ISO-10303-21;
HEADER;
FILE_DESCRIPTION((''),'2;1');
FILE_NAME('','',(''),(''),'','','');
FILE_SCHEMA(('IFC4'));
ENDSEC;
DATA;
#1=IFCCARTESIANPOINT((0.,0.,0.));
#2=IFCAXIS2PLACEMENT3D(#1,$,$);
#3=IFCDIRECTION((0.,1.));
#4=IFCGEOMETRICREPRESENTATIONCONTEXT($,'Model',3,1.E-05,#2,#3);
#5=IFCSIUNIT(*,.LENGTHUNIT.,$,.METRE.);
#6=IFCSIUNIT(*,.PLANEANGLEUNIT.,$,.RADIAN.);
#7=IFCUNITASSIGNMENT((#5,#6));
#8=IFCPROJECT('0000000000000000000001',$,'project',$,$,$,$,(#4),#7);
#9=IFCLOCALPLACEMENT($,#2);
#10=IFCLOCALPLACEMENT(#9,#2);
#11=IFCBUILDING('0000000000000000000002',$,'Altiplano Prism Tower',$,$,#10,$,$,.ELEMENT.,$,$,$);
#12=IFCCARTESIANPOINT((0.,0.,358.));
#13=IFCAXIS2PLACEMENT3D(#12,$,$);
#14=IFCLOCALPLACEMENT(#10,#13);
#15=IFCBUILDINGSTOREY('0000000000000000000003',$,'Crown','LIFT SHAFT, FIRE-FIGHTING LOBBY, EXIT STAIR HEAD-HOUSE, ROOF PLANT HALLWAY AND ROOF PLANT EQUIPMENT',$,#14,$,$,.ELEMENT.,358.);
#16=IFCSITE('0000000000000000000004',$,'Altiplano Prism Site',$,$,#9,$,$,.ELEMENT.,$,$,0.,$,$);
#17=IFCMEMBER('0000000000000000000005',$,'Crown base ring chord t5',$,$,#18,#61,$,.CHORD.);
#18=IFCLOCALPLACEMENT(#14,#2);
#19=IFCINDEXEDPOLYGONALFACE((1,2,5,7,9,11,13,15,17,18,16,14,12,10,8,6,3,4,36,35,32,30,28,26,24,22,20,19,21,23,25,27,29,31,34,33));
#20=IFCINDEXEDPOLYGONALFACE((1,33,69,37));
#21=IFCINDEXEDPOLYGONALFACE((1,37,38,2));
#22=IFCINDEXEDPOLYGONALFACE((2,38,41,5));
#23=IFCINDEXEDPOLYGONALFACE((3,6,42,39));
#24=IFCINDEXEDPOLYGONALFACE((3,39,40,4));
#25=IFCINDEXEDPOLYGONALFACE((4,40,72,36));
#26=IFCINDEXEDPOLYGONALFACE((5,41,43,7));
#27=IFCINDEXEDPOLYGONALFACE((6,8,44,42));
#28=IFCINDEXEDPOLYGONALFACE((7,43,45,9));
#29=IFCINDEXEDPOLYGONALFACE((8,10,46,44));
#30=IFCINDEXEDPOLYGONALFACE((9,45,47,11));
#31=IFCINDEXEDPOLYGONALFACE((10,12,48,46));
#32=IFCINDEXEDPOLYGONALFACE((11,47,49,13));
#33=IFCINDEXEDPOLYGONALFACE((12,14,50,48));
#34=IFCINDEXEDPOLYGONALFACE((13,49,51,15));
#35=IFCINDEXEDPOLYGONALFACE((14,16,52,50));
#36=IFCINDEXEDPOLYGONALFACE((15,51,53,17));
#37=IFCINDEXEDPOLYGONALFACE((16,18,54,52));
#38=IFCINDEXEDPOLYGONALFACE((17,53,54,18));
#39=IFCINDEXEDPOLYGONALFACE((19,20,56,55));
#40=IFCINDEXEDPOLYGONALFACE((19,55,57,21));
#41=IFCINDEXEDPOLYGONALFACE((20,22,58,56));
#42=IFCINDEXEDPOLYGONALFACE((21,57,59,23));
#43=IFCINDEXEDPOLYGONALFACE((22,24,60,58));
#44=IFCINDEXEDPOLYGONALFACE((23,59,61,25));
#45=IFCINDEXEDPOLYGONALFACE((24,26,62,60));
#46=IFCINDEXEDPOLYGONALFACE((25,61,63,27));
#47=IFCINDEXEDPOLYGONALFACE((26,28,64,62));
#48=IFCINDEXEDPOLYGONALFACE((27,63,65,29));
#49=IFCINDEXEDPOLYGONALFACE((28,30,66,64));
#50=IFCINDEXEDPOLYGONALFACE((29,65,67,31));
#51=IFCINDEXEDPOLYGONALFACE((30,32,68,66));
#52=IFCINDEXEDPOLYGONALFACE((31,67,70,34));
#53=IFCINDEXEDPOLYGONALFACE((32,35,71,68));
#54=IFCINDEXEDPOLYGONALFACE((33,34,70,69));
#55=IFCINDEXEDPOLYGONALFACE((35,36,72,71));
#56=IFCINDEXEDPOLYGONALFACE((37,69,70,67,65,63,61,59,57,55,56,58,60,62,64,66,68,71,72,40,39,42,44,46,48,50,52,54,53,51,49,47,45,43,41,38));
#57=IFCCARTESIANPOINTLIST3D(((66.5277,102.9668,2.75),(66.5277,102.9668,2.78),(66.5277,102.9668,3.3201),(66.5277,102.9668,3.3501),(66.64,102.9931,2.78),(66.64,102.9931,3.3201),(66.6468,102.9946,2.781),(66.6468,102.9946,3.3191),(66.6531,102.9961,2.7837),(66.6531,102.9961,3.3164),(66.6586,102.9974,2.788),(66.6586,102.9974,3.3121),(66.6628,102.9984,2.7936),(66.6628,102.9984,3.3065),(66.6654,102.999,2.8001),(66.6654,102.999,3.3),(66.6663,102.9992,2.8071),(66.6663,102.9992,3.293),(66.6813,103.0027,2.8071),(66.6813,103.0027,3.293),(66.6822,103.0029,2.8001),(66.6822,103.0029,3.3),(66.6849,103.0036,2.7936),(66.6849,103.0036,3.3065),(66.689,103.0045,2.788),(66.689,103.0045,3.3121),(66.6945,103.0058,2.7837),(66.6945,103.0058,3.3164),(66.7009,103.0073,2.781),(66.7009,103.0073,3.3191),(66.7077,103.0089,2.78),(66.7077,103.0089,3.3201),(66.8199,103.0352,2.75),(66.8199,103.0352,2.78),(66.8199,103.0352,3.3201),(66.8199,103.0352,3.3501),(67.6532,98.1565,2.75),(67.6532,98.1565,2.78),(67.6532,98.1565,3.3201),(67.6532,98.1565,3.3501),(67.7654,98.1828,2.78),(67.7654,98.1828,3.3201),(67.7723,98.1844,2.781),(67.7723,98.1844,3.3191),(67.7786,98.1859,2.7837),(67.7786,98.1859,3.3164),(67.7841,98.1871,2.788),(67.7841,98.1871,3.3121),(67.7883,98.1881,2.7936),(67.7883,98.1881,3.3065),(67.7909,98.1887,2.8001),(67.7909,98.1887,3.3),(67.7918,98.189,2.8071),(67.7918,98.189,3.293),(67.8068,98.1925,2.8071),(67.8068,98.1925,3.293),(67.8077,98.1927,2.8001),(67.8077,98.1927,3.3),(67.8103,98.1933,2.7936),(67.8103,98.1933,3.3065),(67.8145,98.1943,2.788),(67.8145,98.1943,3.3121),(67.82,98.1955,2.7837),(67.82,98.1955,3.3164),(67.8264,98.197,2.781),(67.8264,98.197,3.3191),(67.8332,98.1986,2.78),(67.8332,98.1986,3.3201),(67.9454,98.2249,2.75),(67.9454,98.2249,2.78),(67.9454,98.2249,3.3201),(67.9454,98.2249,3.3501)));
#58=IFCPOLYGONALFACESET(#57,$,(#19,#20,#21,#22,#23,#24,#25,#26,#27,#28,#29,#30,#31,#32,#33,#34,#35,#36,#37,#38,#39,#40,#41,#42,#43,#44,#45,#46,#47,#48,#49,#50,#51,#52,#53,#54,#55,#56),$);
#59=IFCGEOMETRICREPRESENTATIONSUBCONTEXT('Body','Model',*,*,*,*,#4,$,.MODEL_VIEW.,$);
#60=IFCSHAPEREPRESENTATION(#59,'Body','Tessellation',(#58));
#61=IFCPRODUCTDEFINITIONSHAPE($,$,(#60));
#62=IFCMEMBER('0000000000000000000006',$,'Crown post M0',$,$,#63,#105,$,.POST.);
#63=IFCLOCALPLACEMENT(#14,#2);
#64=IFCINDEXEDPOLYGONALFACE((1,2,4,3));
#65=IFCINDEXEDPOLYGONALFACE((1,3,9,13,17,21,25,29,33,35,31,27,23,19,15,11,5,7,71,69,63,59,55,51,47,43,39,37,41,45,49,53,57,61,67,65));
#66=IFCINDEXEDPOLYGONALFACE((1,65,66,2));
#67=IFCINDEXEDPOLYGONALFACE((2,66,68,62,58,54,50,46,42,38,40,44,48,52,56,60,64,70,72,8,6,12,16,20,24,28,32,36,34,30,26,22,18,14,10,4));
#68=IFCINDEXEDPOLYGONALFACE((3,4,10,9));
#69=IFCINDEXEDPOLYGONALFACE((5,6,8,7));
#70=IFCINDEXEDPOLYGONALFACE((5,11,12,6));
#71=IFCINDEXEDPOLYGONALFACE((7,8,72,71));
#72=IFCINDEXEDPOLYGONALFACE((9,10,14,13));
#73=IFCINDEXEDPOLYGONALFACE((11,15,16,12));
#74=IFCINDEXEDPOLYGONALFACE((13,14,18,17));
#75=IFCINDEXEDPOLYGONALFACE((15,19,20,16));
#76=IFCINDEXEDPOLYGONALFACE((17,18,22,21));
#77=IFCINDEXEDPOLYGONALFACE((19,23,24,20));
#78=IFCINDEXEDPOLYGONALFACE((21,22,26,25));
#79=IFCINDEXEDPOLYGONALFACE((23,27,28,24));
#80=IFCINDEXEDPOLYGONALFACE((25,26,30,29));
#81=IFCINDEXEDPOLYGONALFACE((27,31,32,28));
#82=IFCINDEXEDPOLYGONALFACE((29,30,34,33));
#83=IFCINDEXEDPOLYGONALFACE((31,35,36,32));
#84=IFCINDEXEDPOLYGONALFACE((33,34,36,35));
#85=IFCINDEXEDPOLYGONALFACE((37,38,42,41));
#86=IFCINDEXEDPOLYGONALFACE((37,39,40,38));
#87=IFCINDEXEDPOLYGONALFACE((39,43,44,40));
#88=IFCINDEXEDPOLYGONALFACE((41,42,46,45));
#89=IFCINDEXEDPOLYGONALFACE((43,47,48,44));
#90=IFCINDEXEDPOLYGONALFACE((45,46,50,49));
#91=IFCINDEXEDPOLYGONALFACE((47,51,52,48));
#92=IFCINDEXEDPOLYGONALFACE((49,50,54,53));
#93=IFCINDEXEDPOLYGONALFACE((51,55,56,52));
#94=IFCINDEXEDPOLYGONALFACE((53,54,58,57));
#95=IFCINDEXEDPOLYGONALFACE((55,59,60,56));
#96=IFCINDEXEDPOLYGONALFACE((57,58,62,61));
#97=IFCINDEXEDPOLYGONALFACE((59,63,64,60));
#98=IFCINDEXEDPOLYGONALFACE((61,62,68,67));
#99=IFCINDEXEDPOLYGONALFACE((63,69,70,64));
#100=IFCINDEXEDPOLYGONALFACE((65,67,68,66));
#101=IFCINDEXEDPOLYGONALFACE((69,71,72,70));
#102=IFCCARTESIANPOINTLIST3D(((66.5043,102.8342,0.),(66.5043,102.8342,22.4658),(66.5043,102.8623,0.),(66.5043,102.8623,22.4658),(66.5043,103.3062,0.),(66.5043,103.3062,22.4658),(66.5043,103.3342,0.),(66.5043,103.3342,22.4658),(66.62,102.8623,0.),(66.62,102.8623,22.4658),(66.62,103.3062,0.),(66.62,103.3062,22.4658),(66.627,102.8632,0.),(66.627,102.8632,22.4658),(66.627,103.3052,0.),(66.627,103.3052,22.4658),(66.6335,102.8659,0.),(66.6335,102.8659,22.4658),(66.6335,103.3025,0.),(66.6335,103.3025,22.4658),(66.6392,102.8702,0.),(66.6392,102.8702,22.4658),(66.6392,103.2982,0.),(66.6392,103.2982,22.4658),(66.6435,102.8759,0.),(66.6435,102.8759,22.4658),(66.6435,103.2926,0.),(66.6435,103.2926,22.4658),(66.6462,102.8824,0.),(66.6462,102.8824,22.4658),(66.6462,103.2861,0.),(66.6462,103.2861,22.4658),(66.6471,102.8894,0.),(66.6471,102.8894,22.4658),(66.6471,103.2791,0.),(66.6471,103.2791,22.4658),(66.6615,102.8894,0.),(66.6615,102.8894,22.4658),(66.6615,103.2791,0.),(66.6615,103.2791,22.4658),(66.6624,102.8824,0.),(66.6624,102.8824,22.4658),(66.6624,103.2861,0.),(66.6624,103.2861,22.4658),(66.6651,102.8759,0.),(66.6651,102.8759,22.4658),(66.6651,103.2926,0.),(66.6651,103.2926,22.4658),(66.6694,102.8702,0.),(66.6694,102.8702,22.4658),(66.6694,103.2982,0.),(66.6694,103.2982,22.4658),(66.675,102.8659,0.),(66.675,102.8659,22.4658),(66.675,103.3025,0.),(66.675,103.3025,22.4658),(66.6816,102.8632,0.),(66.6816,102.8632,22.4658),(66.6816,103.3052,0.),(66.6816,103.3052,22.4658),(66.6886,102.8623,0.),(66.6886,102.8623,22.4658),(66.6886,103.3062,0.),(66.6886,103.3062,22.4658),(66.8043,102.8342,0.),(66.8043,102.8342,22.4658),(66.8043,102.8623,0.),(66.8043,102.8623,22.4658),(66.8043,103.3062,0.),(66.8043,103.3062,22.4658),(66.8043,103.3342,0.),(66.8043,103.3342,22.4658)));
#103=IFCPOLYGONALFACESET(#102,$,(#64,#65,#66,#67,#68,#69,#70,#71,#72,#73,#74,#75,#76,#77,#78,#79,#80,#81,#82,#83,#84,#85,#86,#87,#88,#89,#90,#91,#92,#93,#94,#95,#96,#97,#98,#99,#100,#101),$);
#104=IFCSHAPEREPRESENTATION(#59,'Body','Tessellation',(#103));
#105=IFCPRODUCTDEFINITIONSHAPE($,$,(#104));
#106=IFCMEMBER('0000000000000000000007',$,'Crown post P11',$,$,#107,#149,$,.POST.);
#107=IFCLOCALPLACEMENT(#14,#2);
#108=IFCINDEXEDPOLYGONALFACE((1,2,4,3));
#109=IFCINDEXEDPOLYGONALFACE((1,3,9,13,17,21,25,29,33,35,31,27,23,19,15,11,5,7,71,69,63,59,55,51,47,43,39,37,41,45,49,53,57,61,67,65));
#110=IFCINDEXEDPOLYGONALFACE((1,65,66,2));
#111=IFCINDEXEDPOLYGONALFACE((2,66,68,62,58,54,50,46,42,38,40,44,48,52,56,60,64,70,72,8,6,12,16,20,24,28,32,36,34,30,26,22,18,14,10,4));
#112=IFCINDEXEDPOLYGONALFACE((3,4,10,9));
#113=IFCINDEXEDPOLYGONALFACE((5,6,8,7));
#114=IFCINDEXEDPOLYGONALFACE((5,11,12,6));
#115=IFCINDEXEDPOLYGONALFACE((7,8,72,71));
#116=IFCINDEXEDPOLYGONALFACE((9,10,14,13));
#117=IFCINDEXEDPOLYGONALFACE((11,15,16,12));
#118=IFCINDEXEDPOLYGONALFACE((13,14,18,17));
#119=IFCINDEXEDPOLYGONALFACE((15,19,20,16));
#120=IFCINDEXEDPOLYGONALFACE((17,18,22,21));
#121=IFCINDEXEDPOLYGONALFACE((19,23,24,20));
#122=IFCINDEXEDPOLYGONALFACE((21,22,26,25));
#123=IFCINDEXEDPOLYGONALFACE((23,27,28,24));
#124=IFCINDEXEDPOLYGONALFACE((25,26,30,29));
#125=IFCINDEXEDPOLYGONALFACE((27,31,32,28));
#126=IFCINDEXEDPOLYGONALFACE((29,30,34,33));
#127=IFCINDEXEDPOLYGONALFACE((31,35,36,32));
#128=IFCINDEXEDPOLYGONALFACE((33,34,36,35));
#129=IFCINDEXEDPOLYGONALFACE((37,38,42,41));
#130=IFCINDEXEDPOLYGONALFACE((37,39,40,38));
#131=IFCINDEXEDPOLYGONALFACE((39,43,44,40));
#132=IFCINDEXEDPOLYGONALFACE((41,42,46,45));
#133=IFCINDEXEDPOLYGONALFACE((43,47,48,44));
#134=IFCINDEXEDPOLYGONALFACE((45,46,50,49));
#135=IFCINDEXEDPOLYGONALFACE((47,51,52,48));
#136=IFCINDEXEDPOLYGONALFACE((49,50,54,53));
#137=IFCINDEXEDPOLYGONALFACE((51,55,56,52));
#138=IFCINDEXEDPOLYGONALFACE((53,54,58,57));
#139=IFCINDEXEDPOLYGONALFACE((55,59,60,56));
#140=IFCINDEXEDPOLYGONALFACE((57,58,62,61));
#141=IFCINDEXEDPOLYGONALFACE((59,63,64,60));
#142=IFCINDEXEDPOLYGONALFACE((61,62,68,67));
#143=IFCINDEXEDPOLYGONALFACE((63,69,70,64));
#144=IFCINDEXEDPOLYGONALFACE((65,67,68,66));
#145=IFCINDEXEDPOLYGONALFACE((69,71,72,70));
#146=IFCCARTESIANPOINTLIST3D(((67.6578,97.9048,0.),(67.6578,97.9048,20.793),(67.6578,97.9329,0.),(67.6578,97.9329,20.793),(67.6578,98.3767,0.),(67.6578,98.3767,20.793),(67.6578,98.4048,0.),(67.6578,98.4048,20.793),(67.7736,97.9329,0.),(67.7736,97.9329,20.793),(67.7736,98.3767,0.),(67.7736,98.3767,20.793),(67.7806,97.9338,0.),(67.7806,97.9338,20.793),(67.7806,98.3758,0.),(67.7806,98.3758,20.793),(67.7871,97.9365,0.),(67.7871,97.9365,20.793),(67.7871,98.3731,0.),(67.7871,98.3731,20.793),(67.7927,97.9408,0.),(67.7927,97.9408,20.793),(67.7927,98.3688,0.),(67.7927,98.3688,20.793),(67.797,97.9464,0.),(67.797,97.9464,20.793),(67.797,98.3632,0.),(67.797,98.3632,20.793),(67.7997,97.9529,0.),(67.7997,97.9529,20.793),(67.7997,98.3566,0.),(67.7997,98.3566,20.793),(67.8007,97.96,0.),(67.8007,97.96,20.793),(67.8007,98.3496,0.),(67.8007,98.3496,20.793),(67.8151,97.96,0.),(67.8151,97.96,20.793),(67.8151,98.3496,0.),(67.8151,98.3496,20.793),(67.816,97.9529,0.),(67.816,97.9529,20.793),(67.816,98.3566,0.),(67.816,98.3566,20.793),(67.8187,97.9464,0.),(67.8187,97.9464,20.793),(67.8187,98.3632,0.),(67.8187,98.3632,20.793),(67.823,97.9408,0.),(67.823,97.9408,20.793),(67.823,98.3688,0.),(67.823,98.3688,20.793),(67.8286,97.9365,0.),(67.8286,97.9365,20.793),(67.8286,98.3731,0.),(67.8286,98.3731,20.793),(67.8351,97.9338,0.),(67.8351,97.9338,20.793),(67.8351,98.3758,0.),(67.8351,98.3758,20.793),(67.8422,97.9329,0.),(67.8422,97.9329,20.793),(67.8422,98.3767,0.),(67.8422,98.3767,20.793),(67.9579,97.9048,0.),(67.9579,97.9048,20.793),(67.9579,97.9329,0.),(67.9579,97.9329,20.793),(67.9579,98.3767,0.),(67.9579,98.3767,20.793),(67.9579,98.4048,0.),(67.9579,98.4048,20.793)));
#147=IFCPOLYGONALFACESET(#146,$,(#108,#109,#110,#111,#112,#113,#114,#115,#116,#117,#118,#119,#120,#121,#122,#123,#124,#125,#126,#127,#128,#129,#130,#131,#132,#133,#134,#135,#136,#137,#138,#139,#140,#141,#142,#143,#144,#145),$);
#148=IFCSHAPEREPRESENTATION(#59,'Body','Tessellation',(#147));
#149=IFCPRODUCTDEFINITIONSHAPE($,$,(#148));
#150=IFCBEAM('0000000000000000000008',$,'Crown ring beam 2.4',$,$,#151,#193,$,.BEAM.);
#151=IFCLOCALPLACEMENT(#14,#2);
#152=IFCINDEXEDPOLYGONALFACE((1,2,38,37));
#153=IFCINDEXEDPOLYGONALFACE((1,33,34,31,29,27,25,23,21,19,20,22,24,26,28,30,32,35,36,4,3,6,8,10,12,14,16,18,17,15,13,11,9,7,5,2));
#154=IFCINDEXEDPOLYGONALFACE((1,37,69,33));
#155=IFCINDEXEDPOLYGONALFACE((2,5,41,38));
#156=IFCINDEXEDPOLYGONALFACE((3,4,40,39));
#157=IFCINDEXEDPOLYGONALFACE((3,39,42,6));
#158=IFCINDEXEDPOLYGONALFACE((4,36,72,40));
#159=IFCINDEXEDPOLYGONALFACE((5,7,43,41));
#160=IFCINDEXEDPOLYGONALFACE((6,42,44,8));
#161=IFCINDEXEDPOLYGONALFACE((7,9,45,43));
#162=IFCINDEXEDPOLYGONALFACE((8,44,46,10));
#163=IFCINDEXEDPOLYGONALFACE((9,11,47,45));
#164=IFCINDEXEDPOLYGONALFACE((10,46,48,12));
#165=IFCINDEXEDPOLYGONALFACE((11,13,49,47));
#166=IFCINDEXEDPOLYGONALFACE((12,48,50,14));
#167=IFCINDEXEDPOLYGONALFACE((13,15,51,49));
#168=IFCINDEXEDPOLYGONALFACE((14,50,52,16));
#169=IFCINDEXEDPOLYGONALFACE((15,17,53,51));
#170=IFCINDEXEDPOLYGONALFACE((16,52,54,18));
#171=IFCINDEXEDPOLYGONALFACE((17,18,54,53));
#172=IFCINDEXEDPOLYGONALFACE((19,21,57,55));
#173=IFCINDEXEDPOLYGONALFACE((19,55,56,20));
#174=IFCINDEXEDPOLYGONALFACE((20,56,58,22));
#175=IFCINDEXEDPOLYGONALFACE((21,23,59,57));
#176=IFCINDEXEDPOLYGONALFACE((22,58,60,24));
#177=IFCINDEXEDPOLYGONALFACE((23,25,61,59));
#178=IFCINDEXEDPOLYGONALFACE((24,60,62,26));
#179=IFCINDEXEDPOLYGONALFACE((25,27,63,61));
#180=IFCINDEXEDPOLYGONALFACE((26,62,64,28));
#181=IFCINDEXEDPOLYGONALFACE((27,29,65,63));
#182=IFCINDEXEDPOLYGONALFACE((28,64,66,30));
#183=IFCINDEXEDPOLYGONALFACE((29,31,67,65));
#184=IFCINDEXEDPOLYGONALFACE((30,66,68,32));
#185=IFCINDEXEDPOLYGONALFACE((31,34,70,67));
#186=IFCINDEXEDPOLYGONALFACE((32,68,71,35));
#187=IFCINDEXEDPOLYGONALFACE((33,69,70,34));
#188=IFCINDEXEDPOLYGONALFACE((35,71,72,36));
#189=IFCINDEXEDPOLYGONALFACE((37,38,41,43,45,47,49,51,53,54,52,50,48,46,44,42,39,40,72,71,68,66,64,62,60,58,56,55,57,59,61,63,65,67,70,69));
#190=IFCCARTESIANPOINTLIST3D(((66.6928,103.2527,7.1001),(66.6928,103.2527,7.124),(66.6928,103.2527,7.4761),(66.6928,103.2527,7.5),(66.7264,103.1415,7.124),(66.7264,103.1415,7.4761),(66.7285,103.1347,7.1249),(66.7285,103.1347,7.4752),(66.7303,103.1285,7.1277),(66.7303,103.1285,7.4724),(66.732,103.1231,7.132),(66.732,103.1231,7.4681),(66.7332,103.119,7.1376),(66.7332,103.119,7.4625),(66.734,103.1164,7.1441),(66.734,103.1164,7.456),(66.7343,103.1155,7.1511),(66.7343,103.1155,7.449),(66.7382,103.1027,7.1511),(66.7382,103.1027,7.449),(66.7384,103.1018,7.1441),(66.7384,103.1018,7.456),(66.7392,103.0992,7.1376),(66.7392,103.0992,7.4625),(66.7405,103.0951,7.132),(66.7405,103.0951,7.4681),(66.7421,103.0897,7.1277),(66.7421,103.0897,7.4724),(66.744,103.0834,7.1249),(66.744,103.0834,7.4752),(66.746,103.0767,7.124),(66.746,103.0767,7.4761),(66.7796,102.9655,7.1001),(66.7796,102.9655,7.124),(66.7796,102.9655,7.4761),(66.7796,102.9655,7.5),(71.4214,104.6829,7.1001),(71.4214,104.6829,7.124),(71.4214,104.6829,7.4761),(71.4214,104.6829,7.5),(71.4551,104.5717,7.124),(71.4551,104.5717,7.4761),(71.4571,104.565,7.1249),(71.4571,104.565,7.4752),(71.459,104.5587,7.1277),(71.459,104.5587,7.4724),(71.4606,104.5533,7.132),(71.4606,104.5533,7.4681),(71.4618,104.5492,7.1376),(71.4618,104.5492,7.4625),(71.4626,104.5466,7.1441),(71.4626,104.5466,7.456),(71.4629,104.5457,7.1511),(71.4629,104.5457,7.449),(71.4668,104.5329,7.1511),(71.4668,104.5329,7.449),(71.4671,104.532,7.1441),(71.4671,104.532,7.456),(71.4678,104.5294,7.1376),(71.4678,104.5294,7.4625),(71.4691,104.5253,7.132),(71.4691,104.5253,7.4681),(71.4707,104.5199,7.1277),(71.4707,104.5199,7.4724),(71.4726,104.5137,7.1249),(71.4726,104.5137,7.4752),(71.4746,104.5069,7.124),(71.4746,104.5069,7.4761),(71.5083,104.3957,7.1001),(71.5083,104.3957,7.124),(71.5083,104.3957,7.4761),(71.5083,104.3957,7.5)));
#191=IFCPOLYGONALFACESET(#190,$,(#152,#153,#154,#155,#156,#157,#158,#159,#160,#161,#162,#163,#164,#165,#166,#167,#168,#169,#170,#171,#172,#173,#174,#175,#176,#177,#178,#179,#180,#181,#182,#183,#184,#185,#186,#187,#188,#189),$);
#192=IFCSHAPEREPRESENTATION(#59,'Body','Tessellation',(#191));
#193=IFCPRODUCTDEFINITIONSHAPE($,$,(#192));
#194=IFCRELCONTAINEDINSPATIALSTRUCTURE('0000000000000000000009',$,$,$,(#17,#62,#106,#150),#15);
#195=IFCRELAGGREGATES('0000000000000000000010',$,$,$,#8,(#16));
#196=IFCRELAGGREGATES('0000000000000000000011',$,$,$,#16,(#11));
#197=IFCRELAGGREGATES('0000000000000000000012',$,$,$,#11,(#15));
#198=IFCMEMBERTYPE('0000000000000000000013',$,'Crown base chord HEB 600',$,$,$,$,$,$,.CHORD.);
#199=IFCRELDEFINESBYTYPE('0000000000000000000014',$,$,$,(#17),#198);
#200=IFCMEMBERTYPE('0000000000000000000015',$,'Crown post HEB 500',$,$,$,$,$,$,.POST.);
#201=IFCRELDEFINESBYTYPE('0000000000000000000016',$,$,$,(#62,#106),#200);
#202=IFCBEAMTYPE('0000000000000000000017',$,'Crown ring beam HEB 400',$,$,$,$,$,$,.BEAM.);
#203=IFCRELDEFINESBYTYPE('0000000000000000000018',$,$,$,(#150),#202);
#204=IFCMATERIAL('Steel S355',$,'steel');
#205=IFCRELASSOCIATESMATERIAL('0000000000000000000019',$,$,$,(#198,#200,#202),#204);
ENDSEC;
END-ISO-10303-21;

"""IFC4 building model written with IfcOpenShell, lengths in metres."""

from ifc_helpers import new_model, si_unit, direction, frame, origin, origin_2d, place, context, subcontext, project, spatial, i_section, extrude, material, material_profile, profile_set, type_object, element, save


model = new_model("IFC4")

# Units and contexts
model_context = context("Model", 3, precision=1e-05, world=origin(), true_north=direction((0.0, 1.0)))
body_context = subcontext(model_context, "Body", "Model", "MODEL_VIEW")
ifc_project = project(units=[si_unit("LENGTHUNIT", "METRE"), si_unit("PLANEANGLEUNIT", "RADIAN")], contexts=[model_context])

# Site, building, storey
site_placement = place(None, origin())
site = spatial("IfcSite", under=ifc_project, at=site_placement, Name="Altiplano Prism Site", CompositionType="ELEMENT", RefElevation=0.0)
building_placement = place(site_placement, origin())
building = spatial("IfcBuilding", under=site, at=building_placement, Name="Altiplano Prism Tower", CompositionType="ELEMENT")
storey_placement = place(building_placement, frame((0.0, 0.0, 358.0)))
storey = spatial("IfcBuildingStorey", under=building, at=storey_placement, Name="Crown", Description="LIFT SHAFT, FIRE-FIGHTING LOBBY, EXIT STAIR HEAD-HOUSE, ROOF PLANT HALLWAY AND ROOF PLANT EQUIPMENT", CompositionType="ELEMENT", Elevation=358.0)

# Members
ifc_material_1 = material(Name="Steel S355", Category="steel")
ifc_material_profile_1 = material_profile(ifc_material_1, i_section(OverallWidth=0.3, OverallDepth=0.6001, WebThickness=0.0154, FlangeThickness=0.03, FilletRadius=0.0271, at=origin_2d()), Name="Crown base chord HEB 600")
ifc_profile_set_1 = profile_set([ifc_material_profile_1], Name="Steel S355")
member_type_1 = type_object("IfcMemberType", Name="Crown base chord HEB 600", PredefinedType="CHORD", material=ifc_profile_set_1)
for number, where, z_axis, x_axis, name in (
    (1, (66.6738, 103.001, 3.05), (0.227822, -0.973703, 0.0), (0.973703, 0.227822, 0.0), "Crown base ring chord t5"),
):
    element("IfcMember", number, at=place(storey_placement, frame(where, z_axis=z_axis, x_axis=x_axis)), inside=storey, type_object=member_type_1, Name=name, PredefinedType="CHORD", context=body_context, shape_type="SweptSolid", body=[
        extrude(i_section(OverallWidth=0.3, OverallDepth=0.6001, WebThickness=0.0154, FlangeThickness=0.03, FilletRadius=0.0271, at=origin_2d()), origin(), (0.0, 0.0, 1.0), 4.9402),
    ])
ifc_material_profile_2 = material_profile(ifc_material_1, i_section(OverallWidth=0.3, OverallDepth=0.5, WebThickness=0.0144, FlangeThickness=0.0281, FilletRadius=0.0271, at=origin_2d()), Name="Crown post HEB 500")
ifc_profile_set_2 = profile_set([ifc_material_profile_2], Name="Steel S355")
member_type_2 = type_object("IfcMemberType", Name="Crown post HEB 500", PredefinedType="POST", material=ifc_profile_set_2)
member_1_placement = place(storey_placement, frame((66.6543, 103.0842, 0.0), z_axis=(0.0, 0.0, 1.0), x_axis=(1.0, 0.0, 0.0)))
element("IfcMember", 2, at=member_1_placement, inside=storey, type_object=member_type_2, Name="Crown post M0", PredefinedType="POST", context=body_context, shape_type="SweptSolid", body=[
    extrude(i_section(OverallWidth=0.3, OverallDepth=0.5, WebThickness=0.0144, FlangeThickness=0.0281, FilletRadius=0.0271, at=origin_2d()), origin(), (0.0, 0.0, 1.0), 22.4658),
])
member_2_placement = place(storey_placement, frame((67.8079, 98.1548, 0.0), z_axis=(0.0, 0.0, 1.0), x_axis=(1.0, 0.0, 0.0)))
element("IfcMember", 3, at=member_2_placement, inside=storey, type_object=member_type_2, Name="Crown post P11", PredefinedType="POST", context=body_context, shape_type="SweptSolid", body=[
    extrude(i_section(OverallWidth=0.3, OverallDepth=0.5, WebThickness=0.0144, FlangeThickness=0.0281, FilletRadius=0.0271, at=origin_2d()), origin(), (0.0, 0.0, 1.0), 20.793),
])

# Beam
ifc_material_profile_3 = material_profile(ifc_material_1, i_section(OverallWidth=0.3, OverallDepth=0.3999, WebThickness=0.0134, FlangeThickness=0.0239, FilletRadius=0.0271, at=origin_2d()), Name="Crown ring beam HEB 400")
ifc_profile_set_3 = profile_set([ifc_material_profile_3], Name="Steel S355")
beam_type = type_object("IfcBeamType", Name="Crown ring beam HEB 400", PredefinedType="BEAM", material=ifc_profile_set_3)
for number, where, z_axis, x_axis, name in (
    (4, (71.4648, 104.5393, 7.3), (-0.957176, -0.289505, 0.0), (0.289505, -0.957176, 0.0), "Crown ring beam 2.4"),
):
    element("IfcBeam", number, at=place(storey_placement, frame(where, z_axis=z_axis, x_axis=x_axis)), inside=storey, type_object=beam_type, Name=name, PredefinedType="BEAM", context=body_context, shape_type="SweptSolid", body=[
        extrude(i_section(OverallWidth=0.3, OverallDepth=0.3999, WebThickness=0.0134, FlangeThickness=0.0239, FilletRadius=0.0271, at=origin_2d()), origin(), (0.0, 0.0, 1.0), 4.9402),
    ])

save(model, "model.ifc")
